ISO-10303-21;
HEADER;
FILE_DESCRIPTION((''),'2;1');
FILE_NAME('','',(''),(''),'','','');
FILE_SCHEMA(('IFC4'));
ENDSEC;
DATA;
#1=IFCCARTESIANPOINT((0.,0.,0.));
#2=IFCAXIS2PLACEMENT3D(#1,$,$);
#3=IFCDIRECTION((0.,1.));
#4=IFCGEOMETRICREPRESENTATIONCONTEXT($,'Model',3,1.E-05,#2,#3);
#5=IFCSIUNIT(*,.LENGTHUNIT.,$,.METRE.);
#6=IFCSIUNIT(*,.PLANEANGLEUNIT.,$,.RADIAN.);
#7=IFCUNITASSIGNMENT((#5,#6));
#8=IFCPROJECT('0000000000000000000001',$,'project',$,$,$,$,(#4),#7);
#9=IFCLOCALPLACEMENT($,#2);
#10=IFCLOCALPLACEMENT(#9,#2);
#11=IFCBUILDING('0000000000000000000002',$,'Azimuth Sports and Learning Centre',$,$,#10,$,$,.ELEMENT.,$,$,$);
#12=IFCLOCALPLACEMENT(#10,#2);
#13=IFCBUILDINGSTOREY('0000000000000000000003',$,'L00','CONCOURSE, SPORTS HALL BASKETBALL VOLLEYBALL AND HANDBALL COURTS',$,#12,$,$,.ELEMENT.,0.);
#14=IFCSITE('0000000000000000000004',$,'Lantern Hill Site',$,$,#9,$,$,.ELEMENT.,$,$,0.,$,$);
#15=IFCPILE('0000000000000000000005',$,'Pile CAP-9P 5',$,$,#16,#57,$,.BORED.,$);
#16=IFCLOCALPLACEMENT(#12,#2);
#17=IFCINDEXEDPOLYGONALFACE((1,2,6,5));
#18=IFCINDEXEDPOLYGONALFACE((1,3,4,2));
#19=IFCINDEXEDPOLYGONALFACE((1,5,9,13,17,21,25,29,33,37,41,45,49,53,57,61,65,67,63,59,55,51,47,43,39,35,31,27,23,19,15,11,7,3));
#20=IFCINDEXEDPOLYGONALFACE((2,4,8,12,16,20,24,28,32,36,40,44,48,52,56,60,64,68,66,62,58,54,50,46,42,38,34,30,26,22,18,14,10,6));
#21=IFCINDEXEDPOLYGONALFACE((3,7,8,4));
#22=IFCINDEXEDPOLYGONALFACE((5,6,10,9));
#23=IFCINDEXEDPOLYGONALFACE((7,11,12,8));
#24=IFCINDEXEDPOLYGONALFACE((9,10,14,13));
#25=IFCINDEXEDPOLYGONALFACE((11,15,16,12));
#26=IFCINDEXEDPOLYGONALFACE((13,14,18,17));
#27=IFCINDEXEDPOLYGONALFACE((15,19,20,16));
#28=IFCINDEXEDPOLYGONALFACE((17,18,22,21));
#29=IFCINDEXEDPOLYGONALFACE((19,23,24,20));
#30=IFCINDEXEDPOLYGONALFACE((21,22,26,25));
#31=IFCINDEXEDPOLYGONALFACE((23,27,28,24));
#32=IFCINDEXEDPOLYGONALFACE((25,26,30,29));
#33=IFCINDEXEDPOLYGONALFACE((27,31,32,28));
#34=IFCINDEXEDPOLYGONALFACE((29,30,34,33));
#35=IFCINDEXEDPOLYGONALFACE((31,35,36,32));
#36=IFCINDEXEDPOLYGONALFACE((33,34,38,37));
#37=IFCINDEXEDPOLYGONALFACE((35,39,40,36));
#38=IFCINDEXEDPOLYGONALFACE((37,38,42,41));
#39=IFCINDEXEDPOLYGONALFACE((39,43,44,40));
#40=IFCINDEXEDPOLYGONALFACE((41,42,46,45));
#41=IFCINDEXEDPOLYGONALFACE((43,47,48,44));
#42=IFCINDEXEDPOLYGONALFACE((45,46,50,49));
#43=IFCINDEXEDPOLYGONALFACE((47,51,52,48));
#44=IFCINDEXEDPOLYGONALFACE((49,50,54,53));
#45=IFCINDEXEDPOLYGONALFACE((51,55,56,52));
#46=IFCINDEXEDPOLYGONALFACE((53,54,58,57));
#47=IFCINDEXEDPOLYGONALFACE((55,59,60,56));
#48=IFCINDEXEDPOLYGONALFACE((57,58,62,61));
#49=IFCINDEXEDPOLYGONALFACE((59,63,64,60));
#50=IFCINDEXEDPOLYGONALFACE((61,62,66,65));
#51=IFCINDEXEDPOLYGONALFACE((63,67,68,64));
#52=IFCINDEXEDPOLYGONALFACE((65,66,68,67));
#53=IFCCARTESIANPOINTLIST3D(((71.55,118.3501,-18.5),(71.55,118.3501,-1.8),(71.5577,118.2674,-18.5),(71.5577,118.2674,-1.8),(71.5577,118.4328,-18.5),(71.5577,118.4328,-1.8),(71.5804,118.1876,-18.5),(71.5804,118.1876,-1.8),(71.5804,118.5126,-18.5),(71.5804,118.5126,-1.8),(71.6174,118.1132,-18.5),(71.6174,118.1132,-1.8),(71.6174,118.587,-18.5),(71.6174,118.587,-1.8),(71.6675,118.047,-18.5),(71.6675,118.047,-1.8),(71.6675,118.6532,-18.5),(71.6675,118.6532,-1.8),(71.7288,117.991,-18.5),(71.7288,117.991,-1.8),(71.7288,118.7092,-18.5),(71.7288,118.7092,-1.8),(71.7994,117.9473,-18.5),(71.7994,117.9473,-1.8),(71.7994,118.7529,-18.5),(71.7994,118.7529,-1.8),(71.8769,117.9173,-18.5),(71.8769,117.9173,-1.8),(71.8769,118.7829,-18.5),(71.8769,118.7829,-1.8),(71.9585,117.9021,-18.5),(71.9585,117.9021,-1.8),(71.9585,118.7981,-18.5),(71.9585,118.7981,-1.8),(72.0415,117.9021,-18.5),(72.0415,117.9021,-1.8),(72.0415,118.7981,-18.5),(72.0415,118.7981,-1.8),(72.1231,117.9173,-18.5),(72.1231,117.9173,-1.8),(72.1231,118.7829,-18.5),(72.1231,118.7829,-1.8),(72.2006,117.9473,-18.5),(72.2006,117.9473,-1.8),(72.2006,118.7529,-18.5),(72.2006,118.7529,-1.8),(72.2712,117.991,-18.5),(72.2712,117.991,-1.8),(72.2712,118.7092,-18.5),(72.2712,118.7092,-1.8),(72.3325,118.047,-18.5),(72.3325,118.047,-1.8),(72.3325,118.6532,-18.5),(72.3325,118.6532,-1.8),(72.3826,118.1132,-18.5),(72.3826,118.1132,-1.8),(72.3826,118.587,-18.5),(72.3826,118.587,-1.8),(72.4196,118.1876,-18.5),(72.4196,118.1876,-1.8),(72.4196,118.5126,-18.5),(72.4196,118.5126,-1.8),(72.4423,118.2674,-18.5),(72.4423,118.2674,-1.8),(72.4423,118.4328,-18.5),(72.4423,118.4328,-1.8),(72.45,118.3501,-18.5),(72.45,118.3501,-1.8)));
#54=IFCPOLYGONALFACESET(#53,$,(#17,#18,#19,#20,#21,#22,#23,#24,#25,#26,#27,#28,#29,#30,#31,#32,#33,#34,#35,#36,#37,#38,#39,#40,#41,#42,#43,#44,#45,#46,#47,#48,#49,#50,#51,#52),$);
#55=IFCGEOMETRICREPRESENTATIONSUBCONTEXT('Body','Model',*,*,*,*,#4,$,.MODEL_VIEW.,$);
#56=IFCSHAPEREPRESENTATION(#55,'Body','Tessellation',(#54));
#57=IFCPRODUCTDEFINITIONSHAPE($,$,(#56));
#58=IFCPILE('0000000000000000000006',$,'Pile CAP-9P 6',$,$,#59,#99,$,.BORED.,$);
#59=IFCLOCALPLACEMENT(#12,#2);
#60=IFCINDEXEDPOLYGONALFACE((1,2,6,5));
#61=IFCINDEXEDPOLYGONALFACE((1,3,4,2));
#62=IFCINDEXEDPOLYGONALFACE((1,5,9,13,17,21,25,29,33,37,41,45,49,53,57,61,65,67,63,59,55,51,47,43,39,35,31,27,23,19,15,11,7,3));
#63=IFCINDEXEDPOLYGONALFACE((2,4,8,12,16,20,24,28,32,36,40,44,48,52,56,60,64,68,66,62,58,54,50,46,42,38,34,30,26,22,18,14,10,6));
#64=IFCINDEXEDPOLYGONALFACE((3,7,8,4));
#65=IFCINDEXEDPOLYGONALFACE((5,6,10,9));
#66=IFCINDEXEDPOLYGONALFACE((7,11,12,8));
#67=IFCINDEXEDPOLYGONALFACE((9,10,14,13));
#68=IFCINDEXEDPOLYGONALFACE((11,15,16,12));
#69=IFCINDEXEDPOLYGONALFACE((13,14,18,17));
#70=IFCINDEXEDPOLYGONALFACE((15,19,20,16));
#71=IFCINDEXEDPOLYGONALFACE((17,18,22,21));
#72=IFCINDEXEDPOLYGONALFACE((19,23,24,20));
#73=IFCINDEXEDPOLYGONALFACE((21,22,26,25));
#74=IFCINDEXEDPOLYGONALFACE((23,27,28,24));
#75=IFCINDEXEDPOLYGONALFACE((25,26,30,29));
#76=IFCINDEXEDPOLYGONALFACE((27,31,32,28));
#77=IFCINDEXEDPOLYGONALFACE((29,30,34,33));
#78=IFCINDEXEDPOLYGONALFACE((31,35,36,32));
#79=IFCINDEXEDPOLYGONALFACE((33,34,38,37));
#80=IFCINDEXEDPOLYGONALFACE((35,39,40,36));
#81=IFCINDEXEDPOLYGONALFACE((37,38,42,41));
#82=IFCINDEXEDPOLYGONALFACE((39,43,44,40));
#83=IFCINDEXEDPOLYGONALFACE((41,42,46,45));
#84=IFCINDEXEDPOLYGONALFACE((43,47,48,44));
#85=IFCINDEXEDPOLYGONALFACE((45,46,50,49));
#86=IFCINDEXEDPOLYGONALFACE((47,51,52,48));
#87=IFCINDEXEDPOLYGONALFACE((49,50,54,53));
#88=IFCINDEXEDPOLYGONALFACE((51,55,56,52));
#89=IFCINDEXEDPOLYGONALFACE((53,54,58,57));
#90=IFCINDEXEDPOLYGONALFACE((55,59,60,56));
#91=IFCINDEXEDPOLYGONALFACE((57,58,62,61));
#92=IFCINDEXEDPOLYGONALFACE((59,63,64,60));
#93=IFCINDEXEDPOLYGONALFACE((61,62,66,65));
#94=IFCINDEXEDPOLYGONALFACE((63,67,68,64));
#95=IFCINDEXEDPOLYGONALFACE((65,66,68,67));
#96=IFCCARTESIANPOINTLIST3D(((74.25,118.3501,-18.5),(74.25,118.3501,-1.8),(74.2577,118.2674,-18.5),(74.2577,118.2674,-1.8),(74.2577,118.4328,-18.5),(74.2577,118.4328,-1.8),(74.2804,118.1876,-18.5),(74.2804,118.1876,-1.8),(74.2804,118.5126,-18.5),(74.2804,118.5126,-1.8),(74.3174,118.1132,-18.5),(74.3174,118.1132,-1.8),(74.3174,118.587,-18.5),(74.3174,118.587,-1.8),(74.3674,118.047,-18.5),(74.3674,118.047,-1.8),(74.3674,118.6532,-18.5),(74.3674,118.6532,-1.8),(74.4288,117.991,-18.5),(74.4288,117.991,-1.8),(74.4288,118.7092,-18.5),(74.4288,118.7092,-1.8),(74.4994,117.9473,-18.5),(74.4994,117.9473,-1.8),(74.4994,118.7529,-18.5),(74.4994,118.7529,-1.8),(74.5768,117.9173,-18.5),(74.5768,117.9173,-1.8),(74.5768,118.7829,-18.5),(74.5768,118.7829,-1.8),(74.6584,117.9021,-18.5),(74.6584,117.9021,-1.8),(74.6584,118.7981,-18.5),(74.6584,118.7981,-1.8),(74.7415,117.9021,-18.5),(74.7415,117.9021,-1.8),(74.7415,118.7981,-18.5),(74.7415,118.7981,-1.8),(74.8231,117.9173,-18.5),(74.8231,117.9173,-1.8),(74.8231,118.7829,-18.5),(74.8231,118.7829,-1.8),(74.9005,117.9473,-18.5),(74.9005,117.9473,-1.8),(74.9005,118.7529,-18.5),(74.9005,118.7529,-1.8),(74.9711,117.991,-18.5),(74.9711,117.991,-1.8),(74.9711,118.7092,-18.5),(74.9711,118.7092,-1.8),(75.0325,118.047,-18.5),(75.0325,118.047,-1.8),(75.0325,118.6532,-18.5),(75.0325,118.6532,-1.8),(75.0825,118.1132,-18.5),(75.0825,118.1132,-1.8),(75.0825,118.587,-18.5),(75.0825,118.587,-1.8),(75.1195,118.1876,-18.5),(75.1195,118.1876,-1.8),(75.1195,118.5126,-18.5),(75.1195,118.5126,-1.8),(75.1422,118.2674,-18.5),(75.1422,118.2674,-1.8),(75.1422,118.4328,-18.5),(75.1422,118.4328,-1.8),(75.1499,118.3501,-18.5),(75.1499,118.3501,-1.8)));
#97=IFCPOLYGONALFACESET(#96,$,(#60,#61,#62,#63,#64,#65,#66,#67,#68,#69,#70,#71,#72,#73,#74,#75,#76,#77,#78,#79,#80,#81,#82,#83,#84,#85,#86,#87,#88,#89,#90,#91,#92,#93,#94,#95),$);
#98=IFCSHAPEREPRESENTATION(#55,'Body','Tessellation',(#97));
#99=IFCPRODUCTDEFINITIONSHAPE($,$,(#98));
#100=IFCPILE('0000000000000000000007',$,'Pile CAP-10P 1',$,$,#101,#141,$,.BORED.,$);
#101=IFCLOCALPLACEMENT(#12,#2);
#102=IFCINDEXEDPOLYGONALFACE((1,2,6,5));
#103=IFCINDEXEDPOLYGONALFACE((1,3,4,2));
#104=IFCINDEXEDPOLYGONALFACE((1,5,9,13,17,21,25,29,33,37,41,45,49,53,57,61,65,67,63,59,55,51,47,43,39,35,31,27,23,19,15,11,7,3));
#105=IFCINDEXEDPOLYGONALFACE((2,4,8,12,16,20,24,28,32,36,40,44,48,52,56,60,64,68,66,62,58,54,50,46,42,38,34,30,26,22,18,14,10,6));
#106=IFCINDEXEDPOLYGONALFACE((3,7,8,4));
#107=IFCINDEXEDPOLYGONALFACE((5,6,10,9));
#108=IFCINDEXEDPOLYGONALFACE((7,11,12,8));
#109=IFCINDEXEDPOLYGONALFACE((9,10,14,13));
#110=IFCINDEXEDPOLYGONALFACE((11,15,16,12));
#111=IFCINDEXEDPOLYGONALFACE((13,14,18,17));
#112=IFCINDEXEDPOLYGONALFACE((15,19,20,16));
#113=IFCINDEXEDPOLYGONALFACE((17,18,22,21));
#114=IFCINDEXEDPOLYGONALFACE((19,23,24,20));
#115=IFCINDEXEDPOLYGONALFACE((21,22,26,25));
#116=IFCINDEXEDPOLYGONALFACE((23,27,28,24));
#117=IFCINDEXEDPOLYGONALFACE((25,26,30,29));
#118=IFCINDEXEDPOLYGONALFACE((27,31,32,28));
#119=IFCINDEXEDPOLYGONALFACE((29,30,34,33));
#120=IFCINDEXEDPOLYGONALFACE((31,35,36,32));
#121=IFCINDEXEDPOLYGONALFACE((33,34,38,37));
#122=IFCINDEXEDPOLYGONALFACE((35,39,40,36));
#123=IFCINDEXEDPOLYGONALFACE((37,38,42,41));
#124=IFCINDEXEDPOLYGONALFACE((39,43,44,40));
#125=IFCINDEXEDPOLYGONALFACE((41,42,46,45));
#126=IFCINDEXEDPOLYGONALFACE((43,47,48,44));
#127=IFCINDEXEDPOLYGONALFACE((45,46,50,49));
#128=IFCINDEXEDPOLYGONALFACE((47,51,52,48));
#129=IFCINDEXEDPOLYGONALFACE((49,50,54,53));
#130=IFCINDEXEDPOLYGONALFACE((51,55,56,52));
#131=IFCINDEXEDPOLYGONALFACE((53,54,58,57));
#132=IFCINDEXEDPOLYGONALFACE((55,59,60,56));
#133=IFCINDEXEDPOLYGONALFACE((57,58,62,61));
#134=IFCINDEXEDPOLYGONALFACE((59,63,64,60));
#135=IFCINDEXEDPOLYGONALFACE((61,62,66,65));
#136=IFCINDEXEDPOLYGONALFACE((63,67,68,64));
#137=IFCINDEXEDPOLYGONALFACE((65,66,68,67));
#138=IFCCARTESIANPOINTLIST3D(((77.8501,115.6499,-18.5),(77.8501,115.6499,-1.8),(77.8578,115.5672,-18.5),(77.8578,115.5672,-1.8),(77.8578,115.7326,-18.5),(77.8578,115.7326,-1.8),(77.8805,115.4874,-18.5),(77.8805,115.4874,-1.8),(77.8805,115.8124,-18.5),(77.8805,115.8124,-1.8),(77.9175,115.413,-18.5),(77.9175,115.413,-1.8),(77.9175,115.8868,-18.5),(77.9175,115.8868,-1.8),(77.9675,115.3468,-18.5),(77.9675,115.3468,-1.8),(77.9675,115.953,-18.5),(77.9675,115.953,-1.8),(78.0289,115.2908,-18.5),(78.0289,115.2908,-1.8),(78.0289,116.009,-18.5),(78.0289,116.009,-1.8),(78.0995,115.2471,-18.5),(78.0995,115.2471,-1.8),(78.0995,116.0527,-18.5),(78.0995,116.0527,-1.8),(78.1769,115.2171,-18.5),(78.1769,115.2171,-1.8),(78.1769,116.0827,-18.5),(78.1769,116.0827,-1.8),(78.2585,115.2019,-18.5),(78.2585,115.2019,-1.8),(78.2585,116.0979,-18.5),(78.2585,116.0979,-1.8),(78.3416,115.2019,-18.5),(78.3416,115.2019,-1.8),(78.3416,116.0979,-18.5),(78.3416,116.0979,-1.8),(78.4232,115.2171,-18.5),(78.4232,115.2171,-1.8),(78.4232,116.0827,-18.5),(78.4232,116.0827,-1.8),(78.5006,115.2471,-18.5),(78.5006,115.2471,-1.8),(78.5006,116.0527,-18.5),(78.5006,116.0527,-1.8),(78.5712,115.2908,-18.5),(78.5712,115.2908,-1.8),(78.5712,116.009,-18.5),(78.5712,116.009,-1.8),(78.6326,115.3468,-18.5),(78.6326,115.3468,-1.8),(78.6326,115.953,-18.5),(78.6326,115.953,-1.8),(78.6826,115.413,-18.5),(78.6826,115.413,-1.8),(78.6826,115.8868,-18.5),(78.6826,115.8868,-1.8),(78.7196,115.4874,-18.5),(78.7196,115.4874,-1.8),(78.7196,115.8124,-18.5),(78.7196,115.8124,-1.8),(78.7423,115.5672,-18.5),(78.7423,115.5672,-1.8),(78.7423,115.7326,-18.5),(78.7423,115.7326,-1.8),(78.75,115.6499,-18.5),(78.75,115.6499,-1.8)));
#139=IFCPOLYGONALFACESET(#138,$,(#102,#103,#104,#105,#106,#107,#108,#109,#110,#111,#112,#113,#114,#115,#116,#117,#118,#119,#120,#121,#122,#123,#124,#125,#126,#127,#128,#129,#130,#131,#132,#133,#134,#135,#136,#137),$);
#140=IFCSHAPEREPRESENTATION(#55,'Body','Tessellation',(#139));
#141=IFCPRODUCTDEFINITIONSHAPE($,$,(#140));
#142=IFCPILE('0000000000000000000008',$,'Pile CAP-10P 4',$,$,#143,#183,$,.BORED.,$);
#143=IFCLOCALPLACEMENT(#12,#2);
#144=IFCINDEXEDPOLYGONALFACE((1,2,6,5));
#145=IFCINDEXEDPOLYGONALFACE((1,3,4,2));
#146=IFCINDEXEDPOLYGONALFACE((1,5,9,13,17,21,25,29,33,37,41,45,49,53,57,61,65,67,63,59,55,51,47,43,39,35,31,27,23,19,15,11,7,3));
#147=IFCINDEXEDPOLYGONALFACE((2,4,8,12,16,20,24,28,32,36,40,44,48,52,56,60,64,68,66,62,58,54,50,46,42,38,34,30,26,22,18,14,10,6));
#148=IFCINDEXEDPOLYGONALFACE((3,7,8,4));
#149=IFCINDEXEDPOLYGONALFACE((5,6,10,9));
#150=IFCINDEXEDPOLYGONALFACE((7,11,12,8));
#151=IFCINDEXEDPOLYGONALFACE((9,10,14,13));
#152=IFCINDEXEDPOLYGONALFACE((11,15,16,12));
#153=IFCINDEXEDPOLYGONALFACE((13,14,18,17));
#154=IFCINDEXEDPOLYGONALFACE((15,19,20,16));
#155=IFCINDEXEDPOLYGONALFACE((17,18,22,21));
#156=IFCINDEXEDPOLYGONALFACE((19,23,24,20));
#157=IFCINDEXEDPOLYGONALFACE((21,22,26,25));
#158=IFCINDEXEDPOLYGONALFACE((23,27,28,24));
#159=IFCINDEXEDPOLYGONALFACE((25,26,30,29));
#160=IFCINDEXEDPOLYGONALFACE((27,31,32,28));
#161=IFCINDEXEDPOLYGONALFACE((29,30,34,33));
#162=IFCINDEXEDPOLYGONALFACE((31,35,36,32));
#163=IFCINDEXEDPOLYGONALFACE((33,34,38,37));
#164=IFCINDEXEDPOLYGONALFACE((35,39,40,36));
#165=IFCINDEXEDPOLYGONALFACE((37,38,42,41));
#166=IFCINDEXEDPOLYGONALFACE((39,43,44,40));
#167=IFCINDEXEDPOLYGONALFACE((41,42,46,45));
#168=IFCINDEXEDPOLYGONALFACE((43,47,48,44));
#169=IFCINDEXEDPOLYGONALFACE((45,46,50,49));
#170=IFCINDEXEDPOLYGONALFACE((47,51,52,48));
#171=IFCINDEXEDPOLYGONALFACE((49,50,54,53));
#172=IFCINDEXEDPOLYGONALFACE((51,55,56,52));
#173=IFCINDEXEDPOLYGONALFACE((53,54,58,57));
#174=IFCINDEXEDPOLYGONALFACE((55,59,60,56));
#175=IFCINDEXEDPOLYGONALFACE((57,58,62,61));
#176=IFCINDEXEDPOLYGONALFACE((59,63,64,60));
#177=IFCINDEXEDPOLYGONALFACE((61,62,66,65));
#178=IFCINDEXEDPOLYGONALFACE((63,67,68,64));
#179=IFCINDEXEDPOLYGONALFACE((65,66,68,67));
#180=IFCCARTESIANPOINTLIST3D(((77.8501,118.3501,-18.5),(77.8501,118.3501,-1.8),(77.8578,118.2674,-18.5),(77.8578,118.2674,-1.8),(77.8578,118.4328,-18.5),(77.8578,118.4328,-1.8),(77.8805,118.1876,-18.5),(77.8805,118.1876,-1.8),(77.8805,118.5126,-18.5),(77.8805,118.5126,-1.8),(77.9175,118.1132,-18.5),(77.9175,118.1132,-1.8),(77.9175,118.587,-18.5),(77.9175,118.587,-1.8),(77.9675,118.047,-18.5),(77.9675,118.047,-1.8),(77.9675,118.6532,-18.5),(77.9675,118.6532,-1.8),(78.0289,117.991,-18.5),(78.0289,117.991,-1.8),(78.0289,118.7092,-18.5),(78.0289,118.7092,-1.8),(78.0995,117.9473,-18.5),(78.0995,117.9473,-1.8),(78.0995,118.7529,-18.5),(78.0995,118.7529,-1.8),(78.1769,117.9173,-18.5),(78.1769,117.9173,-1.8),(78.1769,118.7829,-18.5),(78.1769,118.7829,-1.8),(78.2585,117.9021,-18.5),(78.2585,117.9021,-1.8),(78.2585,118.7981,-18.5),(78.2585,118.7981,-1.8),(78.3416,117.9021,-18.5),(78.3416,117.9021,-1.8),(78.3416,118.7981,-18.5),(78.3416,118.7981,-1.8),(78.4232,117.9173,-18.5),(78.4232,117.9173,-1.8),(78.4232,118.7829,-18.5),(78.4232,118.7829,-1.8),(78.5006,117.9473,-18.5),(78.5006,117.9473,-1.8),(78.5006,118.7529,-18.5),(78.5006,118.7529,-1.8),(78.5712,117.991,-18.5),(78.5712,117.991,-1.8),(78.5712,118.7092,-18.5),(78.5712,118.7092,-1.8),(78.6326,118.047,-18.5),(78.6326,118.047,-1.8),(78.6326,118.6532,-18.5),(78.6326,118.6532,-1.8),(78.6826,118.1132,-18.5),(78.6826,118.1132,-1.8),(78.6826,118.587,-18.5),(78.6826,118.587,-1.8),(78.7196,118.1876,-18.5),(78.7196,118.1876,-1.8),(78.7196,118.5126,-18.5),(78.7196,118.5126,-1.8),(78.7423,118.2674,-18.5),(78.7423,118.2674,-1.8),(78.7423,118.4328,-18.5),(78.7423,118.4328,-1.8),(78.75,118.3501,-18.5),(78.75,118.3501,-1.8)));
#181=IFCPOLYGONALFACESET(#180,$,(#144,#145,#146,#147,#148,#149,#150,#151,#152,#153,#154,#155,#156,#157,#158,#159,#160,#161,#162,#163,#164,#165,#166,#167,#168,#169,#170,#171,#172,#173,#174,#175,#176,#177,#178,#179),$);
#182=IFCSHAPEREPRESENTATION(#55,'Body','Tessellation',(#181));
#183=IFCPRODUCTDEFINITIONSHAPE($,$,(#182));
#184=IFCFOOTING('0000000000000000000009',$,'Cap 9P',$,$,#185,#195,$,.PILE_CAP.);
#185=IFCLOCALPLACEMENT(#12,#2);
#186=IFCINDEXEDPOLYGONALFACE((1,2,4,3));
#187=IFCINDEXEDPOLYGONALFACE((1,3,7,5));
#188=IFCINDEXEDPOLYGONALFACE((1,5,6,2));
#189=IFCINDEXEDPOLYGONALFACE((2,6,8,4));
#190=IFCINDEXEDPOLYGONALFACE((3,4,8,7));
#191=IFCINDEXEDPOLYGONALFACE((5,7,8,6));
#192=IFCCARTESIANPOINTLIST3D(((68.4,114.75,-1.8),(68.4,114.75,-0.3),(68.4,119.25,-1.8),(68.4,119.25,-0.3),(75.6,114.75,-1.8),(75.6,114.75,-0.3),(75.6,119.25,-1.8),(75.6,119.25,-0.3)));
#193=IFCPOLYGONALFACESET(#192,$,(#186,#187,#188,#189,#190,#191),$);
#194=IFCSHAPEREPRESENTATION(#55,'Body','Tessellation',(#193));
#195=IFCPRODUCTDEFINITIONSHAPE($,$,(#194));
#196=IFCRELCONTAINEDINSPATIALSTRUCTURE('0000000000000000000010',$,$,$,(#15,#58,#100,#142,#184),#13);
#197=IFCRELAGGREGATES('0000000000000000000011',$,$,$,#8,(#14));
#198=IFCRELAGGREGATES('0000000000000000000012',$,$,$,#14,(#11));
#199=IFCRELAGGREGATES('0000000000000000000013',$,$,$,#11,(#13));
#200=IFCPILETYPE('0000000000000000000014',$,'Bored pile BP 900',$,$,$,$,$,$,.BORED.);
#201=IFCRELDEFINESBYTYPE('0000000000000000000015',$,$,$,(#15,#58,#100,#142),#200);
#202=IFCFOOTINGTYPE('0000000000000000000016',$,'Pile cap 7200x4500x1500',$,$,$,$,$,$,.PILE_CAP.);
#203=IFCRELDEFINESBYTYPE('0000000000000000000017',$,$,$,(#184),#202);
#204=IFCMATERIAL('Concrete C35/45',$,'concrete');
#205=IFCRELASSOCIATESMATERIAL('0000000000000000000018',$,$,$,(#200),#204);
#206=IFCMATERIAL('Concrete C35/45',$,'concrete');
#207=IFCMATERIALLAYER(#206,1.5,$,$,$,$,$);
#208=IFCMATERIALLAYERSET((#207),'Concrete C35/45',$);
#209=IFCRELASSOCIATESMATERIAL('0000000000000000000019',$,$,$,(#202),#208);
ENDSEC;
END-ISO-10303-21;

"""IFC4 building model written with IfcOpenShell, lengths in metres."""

from ifc_helpers import new_model, si_unit, direction, frame, origin, origin_2d, place, context, subcontext, project, spatial, rectangle, circle, extrude, material, layer, layer_set, material_profile, profile_set, type_object, element, save


model = new_model("IFC4")

# Units and contexts
model_context = context("Model", 3, precision=1e-05, world=origin(), true_north=direction((0.0, 1.0)))
body_context = subcontext(model_context, "Body", "Model", "MODEL_VIEW")
ifc_project = project(units=[si_unit("LENGTHUNIT", "METRE"), si_unit("PLANEANGLEUNIT", "RADIAN")], contexts=[model_context])

# Site, building, storey
site_placement = place(None, origin())
site = spatial("IfcSite", under=ifc_project, at=site_placement, Name="Lantern Hill Site", CompositionType="ELEMENT", RefElevation=0.0)
building_placement = place(site_placement, origin())
building = spatial("IfcBuilding", under=site, at=building_placement, Name="Azimuth Sports and Learning Centre", CompositionType="ELEMENT")
storey_placement = place(building_placement, origin())
storey = spatial("IfcBuildingStorey", under=building, at=storey_placement, Name="L00", Description="CONCOURSE, SPORTS HALL BASKETBALL VOLLEYBALL AND HANDBALL COURTS", CompositionType="ELEMENT", Elevation=0.0)

# Piles
ifc_material_1 = material(Name="Concrete C35/45", Category="concrete")
ifc_material_profile_1 = material_profile(ifc_material_1, circle(Radius=0.45, at=origin_2d()), Name="BP 900")
ifc_profile_set_1 = profile_set([ifc_material_profile_1], Name="Concrete C35/45")
pile_type = type_object("IfcPileType", Name="Bored pile BP 900", PredefinedType="BORED", material=ifc_profile_set_1)
for number, where, z_axis, x_axis, name in (
    (1, (72.0, 118.3501, -1.8), (0.0, 0.0, -1.0), (1.0, 0.0, 0.0), "Pile CAP-9P 5"),
    (2, (74.7, 118.3501, -1.8), (0.0, 0.0, -1.0), (1.0, 0.0, 0.0), "Pile CAP-9P 6"),
    (3, (78.3, 115.6499, -1.8), (0.0, 0.0, -1.0), (1.0, 0.0, 0.0), "Pile CAP-10P 1"),
    (4, (78.3, 118.3501, -1.8), (0.0, 0.0, -1.0), (1.0, 0.0, 0.0), "Pile CAP-10P 4"),
):
    element("IfcPile", number, at=place(storey_placement, frame(where, z_axis=z_axis, x_axis=x_axis)), inside=storey, type_object=pile_type, Name=name, PredefinedType="BORED", context=body_context, shape_type="SweptSolid", body=[
        extrude(circle(Radius=0.45, at=origin_2d()), origin(), (0.0, 0.0, 1.0), 16.7),
    ])

# Footing
ifc_material_2 = material(Name="Concrete C35/45", Category="concrete")
ifc_layer_1 = layer(ifc_material_2, 1.5)
ifc_layer_set_1 = layer_set([ifc_layer_1], Name="Concrete C35/45")
footing_type = type_object("IfcFootingType", Name="Pile cap 7200x4500x1500", PredefinedType="PILE_CAP", material=ifc_layer_set_1)
footing_placement = place(storey_placement, frame((72.0, 117.0, -1.8), z_axis=(0.0, 0.0, 1.0), x_axis=(1.0, 0.0, 0.0)))
element("IfcFooting", 5, at=footing_placement, inside=storey, type_object=footing_type, Name="Cap 9P", PredefinedType="PILE_CAP", context=body_context, shape_type="SweptSolid", body=[
    extrude(rectangle(XDim=7.2, YDim=4.5, at=origin_2d()), origin(), (0.0, 0.0, 1.0), 1.5),
])

save(model, "model.ifc")
